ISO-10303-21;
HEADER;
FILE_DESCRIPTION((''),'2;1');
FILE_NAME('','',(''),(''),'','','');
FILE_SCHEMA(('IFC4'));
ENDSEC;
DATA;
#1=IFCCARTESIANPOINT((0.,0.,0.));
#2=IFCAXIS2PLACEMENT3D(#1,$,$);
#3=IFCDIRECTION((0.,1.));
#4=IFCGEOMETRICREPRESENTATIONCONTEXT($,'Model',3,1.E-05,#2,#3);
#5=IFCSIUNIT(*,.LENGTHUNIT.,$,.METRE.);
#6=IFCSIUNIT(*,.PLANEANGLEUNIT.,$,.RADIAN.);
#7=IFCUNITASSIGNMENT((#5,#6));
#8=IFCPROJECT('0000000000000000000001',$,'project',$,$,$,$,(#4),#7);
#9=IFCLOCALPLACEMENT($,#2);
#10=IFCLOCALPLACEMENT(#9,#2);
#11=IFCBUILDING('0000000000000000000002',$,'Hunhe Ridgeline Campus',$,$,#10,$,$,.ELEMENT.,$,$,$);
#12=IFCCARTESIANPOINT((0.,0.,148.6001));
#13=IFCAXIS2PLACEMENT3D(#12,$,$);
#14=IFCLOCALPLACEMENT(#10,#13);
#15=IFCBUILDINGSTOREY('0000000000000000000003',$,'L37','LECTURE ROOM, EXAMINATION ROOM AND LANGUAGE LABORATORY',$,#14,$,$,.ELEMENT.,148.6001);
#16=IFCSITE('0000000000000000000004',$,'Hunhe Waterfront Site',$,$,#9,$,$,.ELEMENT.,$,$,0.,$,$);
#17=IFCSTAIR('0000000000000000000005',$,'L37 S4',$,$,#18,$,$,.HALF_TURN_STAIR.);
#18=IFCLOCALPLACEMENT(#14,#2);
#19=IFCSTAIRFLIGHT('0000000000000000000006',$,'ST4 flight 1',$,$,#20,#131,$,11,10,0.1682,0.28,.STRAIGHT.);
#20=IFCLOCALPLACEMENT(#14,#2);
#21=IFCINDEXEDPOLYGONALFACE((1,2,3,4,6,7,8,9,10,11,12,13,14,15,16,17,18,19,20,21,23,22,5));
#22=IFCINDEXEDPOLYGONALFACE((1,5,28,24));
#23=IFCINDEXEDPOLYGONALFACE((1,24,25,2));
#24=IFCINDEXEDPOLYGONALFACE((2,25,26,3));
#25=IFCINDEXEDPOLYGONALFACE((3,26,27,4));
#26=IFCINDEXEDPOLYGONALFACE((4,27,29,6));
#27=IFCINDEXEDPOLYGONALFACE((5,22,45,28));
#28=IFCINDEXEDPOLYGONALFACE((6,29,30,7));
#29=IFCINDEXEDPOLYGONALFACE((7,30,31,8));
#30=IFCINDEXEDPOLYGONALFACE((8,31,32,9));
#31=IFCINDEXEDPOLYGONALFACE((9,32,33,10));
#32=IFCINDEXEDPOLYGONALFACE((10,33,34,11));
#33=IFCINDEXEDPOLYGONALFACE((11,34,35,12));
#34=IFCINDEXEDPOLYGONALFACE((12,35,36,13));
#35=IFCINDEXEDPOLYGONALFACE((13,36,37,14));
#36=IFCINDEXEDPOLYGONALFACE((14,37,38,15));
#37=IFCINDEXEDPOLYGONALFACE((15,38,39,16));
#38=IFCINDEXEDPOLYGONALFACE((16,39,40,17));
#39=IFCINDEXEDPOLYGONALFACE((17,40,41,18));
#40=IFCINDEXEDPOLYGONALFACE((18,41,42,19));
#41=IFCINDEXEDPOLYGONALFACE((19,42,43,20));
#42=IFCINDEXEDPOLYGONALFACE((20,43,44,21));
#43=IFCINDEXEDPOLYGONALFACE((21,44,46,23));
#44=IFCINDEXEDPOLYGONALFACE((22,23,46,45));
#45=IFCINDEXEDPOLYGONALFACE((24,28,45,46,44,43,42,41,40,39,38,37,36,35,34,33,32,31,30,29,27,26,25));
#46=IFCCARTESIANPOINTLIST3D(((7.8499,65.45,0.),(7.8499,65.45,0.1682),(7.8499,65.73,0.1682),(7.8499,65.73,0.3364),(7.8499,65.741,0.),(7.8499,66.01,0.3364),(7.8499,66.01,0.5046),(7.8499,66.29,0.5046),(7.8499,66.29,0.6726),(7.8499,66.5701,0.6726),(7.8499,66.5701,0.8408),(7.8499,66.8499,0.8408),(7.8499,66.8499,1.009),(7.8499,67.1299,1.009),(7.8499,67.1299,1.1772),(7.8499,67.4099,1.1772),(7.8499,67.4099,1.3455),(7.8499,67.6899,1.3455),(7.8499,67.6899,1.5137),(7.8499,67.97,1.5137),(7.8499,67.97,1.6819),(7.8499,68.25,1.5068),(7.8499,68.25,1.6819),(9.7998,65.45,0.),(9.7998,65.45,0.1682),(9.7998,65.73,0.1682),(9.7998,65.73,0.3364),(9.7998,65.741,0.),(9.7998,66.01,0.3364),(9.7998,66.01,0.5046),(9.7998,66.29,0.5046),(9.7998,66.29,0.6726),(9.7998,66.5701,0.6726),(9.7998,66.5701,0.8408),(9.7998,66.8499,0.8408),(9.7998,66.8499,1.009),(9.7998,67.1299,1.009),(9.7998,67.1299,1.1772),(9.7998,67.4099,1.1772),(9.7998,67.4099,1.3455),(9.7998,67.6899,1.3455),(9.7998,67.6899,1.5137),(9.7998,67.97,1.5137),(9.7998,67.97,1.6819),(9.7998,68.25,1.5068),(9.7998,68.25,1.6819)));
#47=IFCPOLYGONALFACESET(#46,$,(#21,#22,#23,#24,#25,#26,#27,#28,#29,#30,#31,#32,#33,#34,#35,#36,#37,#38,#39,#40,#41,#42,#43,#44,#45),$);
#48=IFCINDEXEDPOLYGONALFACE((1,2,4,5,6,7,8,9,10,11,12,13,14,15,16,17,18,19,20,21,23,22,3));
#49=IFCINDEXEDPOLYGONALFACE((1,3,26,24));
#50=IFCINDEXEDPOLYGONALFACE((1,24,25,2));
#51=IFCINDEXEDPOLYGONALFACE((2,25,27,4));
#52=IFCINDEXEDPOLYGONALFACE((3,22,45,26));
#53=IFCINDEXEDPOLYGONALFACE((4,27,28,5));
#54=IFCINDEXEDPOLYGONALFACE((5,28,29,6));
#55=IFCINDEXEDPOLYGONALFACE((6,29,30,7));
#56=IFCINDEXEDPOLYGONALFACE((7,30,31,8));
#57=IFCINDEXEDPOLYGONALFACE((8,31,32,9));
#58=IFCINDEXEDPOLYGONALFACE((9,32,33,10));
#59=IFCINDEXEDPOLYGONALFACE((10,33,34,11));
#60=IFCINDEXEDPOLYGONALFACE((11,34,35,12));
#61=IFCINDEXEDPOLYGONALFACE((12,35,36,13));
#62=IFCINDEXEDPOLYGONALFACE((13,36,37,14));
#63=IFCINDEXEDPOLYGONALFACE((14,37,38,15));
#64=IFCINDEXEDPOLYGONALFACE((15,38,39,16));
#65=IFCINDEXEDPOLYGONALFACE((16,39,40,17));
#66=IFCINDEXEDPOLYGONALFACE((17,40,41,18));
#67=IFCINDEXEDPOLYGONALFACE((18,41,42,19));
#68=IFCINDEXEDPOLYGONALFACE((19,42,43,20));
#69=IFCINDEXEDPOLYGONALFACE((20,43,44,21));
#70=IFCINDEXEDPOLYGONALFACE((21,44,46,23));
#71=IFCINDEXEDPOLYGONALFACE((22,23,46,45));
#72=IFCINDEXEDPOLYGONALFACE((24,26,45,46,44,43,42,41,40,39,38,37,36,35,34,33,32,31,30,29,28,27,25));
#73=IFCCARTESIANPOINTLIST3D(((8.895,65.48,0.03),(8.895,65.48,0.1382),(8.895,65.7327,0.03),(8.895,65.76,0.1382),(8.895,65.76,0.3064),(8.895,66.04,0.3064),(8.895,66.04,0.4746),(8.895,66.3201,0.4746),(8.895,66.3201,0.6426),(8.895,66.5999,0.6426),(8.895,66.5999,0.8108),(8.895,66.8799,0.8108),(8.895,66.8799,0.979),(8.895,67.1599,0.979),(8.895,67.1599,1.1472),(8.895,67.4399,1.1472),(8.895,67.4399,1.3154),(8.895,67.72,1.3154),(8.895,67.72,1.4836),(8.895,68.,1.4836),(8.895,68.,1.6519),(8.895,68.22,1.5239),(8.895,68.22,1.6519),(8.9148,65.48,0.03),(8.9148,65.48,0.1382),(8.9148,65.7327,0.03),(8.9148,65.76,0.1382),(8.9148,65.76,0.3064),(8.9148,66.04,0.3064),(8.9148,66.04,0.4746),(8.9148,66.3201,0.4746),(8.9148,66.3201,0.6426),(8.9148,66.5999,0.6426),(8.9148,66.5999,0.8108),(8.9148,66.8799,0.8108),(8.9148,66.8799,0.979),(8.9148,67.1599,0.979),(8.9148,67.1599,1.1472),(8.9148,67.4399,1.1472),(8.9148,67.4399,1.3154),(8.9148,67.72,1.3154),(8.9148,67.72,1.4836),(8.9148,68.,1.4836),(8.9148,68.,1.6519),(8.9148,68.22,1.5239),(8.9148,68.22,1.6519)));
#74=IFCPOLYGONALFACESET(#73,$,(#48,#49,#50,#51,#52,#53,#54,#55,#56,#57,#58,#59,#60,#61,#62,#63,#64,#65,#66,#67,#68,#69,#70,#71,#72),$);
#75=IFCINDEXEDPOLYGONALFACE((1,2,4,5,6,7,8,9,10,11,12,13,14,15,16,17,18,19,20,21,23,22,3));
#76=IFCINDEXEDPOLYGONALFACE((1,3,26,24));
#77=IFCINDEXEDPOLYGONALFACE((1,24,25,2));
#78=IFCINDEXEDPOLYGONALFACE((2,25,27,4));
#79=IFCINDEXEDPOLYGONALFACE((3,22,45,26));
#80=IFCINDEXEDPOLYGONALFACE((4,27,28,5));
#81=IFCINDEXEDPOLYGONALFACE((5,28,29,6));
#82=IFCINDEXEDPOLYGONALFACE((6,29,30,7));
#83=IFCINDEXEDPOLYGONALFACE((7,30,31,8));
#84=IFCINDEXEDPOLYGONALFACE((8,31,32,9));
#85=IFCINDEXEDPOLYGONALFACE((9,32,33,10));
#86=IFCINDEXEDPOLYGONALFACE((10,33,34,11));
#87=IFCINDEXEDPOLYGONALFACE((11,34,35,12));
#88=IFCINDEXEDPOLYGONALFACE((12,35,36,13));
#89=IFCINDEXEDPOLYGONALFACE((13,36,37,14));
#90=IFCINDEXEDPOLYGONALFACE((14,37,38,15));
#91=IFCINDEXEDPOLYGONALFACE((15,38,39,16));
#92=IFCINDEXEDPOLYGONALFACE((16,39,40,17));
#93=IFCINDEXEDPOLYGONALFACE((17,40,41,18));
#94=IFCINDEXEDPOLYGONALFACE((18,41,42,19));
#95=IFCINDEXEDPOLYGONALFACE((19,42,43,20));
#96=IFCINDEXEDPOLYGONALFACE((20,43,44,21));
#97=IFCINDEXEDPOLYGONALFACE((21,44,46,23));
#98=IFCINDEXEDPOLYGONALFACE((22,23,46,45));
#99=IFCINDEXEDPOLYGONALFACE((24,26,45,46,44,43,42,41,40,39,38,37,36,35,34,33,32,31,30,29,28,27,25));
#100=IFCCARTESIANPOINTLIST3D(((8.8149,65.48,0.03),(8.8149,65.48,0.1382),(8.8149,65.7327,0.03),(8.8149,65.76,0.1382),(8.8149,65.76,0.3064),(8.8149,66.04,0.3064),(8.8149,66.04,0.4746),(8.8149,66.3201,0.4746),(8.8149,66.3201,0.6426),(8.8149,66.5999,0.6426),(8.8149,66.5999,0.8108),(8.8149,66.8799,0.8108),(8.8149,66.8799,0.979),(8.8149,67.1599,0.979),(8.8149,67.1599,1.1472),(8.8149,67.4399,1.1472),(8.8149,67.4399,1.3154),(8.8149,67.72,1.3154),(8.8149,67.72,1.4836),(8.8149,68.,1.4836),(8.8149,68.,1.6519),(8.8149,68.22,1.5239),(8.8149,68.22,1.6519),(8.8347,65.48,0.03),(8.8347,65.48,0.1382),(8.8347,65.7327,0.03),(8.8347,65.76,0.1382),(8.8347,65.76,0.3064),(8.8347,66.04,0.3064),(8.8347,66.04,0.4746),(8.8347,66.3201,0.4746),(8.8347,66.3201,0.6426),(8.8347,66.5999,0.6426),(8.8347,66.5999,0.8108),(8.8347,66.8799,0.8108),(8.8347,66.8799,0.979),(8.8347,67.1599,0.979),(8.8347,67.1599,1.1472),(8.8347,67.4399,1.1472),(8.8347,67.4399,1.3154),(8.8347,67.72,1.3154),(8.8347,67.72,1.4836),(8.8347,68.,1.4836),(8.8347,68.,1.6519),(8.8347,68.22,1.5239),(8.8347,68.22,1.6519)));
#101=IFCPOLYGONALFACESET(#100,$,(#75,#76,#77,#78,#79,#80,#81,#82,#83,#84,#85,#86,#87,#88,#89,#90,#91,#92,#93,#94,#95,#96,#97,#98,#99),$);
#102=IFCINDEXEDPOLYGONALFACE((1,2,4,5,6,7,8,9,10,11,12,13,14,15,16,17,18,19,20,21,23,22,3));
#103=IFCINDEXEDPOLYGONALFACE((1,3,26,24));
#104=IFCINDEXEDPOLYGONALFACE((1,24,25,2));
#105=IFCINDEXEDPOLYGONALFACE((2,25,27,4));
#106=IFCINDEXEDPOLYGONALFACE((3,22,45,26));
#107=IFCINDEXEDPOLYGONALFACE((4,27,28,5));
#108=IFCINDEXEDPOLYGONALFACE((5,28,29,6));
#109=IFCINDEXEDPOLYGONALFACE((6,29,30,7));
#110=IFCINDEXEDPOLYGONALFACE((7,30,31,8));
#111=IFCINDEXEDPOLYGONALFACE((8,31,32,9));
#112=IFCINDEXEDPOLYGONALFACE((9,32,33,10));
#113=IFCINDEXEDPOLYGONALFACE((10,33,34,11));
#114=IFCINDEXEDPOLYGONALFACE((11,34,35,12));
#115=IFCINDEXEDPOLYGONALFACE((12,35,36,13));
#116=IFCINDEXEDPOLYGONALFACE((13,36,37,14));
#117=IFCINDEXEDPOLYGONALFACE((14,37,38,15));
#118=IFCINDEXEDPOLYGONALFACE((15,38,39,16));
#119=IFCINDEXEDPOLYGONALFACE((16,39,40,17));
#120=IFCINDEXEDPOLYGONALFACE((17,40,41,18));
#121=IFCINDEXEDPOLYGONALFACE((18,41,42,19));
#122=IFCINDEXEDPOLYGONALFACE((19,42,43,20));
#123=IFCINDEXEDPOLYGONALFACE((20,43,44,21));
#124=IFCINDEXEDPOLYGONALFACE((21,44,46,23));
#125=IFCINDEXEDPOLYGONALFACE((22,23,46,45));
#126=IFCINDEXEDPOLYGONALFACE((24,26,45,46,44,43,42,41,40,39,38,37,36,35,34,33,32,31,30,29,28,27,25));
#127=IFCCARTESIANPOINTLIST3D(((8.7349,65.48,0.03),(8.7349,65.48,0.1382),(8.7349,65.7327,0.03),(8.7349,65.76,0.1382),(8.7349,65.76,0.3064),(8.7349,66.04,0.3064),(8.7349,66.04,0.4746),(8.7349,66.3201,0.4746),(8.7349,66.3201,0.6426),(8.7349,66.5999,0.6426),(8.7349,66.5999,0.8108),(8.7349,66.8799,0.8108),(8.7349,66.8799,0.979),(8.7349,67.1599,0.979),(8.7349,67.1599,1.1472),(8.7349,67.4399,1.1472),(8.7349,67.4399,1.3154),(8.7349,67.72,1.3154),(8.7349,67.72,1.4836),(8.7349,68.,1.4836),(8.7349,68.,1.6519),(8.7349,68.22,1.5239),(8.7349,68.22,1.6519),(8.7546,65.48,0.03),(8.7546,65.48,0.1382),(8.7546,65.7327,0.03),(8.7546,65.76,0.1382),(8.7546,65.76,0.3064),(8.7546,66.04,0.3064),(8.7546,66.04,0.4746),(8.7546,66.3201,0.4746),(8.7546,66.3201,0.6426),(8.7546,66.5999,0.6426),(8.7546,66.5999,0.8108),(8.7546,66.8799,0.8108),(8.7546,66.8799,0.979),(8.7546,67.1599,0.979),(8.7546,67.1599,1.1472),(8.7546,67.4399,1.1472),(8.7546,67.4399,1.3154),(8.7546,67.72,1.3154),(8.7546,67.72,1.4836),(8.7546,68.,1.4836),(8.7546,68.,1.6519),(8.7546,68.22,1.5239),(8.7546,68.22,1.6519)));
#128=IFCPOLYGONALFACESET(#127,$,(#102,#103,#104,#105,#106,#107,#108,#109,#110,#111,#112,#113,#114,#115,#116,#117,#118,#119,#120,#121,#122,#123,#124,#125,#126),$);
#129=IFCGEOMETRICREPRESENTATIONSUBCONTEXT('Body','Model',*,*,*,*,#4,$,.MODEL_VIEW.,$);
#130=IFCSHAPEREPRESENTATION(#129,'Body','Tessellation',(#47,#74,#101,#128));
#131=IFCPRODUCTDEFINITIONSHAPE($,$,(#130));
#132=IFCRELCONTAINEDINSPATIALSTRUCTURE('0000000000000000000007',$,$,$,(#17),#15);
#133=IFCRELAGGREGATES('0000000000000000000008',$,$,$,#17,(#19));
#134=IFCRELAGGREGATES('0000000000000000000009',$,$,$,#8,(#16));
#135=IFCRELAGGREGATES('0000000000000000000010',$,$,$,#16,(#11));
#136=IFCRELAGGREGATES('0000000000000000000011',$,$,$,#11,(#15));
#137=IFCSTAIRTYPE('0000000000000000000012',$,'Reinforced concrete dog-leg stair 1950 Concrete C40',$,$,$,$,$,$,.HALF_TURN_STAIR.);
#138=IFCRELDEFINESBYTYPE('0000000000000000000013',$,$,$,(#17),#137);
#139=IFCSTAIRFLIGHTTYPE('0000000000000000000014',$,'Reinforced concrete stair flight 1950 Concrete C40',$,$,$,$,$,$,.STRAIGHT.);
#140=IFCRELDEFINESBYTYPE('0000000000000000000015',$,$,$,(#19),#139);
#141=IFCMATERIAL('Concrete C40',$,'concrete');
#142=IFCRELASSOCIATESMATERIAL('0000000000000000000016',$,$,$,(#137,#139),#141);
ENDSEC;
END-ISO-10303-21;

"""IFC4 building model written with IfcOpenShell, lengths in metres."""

from ifc_helpers import new_model, si_unit, direction, frame, origin, place, context, subcontext, project, spatial, polyline, outline, extrude, material, type_object, element, aggregate, save


model = new_model("IFC4")

# Units and contexts
model_context = context("Model", 3, precision=1e-05, world=origin(), true_north=direction((0.0, 1.0)))
body_context = subcontext(model_context, "Body", "Model", "MODEL_VIEW")
ifc_project = project(units=[si_unit("LENGTHUNIT", "METRE"), si_unit("PLANEANGLEUNIT", "RADIAN")], contexts=[model_context])

# Site, building, storey
site_placement = place(None, origin())
site = spatial("IfcSite", under=ifc_project, at=site_placement, Name="Hunhe Waterfront Site", CompositionType="ELEMENT", RefElevation=0.0)
building_placement = place(site_placement, origin())
building = spatial("IfcBuilding", under=site, at=building_placement, Name="Hunhe Ridgeline Campus", CompositionType="ELEMENT")
storey_placement = place(building_placement, frame((0.0, 0.0, 148.6001)))
storey = spatial("IfcBuildingStorey", under=building, at=storey_placement, Name="L37", Description="LECTURE ROOM, EXAMINATION ROOM AND LANGUAGE LABORATORY", CompositionType="ELEMENT", Elevation=148.6001)

# Stair, stair flight
ifc_material_1 = material(Name="Concrete C40", Category="concrete")
stair_type = type_object("IfcStairType", Name="Reinforced concrete dog-leg stair 1950 Concrete C40", PredefinedType="HALF_TURN_STAIR", material=ifc_material_1)
stair_flight_type = type_object("IfcStairFlightType", Name="Reinforced concrete stair flight 1950 Concrete C40", PredefinedType="STRAIGHT", material=ifc_material_1)
stair_1_placement = place(storey_placement, origin())
stair_1 = element("IfcStair", 1, at=stair_1_placement, inside=storey, type_object=stair_type, Name="L37 S4", PredefinedType="HALF_TURN_STAIR")
stair_flight_1_placement = place(storey_placement, frame((8.825, 65.45, 0.0), z_axis=(0.0, 0.0, 1.0), x_axis=(0.0, 1.0, 0.0)))
stair_flight_1 = element("IfcStairFlight", 2, at=stair_flight_1_placement, type_object=stair_flight_type, Name="ST4 flight 1", NumberOfRisers=11, NumberOfTreads=10, PredefinedType="STRAIGHT", RiserHeight=0.1682, TreadLength=0.28, context=body_context, shape_type="SweptSolid", body=[
    extrude(outline(polyline([(0.0, 0.0), (0.0, 0.1682), (0.28, 0.1682), (0.28, 0.3364), (0.5601, 0.3364), (0.5601, 0.5046), (0.8401, 0.5046), (0.8401, 0.6726), (1.1201, 0.6726), (1.1201, 0.8408), (1.3999, 0.8408), (1.3999, 1.009), (1.6799, 1.009), (1.6799, 1.1772), (1.96, 1.1772), (1.96, 1.3455), (2.24, 1.3455), (2.24, 1.5137), (2.52, 1.5137), (2.52, 1.6819), (2.8, 1.6819), (2.8, 1.8501), (2.8, 1.5068), (0.291, 0.0), (0.0, 0.0)])), frame((0.0, 0.9751, 0.0), z_axis=(0.0, -1.0, 0.0), x_axis=(1.0, 0.0, 0.0)), (0.0, 0.0, 1.0), 1.95),
    extrude(outline(polyline([(0.03, 0.03), (0.03, 0.1382), (0.3101, 0.1382), (0.3101, 0.3064), (0.5901, 0.3064), (0.5901, 0.4746), (0.8701, 0.4746), (0.8701, 0.6426), (1.1499, 0.6426), (1.1499, 0.8108), (1.4299, 0.8108), (1.4299, 0.979), (1.71, 0.979), (1.71, 1.1472), (1.99, 1.1472), (1.99, 1.3154), (2.27, 1.3154), (2.27, 1.4836), (2.55, 1.4836), (2.55, 1.6519), (2.77, 1.6519), (2.77, 1.5239), (0.2827, 0.03), (0.03, 0.03)])), frame((0.0, -0.0701, 0.0), z_axis=(0.0, -1.0, 0.0), x_axis=(1.0, 0.0, 0.0)), (0.0, 0.0, 1.0), 0.0198),
    extrude(outline(polyline([(0.03, 0.03), (0.03, 0.1382), (0.3101, 0.1382), (0.3101, 0.3064), (0.5901, 0.3064), (0.5901, 0.4746), (0.8701, 0.4746), (0.8701, 0.6426), (1.1499, 0.6426), (1.1499, 0.8108), (1.4299, 0.8108), (1.4299, 0.979), (1.71, 0.979), (1.71, 1.1472), (1.99, 1.1472), (1.99, 1.3154), (2.27, 1.3154), (2.27, 1.4836), (2.55, 1.4836), (2.55, 1.6519), (2.77, 1.6519), (2.77, 1.5239), (0.2827, 0.03), (0.03, 0.03)])), frame((0.0, 0.01, 0.0), z_axis=(0.0, -1.0, 0.0), x_axis=(1.0, 0.0, 0.0)), (0.0, 0.0, 1.0), 0.0198),
    extrude(outline(polyline([(0.03, 0.03), (0.03, 0.1382), (0.3101, 0.1382), (0.3101, 0.3064), (0.5901, 0.3064), (0.5901, 0.4746), (0.8701, 0.4746), (0.8701, 0.6426), (1.1499, 0.6426), (1.1499, 0.8108), (1.4299, 0.8108), (1.4299, 0.979), (1.71, 0.979), (1.71, 1.1472), (1.99, 1.1472), (1.99, 1.3154), (2.27, 1.3154), (2.27, 1.4836), (2.55, 1.4836), (2.55, 1.6519), (2.77, 1.6519), (2.77, 1.5239), (0.2827, 0.03), (0.03, 0.03)])), frame((0.0, 0.0901, 0.0), z_axis=(0.0, -1.0, 0.0), x_axis=(1.0, 0.0, 0.0)), (0.0, 0.0, 1.0), 0.0198),
])
aggregate(stair_1, [stair_flight_1])

save(model, "model.ifc")
